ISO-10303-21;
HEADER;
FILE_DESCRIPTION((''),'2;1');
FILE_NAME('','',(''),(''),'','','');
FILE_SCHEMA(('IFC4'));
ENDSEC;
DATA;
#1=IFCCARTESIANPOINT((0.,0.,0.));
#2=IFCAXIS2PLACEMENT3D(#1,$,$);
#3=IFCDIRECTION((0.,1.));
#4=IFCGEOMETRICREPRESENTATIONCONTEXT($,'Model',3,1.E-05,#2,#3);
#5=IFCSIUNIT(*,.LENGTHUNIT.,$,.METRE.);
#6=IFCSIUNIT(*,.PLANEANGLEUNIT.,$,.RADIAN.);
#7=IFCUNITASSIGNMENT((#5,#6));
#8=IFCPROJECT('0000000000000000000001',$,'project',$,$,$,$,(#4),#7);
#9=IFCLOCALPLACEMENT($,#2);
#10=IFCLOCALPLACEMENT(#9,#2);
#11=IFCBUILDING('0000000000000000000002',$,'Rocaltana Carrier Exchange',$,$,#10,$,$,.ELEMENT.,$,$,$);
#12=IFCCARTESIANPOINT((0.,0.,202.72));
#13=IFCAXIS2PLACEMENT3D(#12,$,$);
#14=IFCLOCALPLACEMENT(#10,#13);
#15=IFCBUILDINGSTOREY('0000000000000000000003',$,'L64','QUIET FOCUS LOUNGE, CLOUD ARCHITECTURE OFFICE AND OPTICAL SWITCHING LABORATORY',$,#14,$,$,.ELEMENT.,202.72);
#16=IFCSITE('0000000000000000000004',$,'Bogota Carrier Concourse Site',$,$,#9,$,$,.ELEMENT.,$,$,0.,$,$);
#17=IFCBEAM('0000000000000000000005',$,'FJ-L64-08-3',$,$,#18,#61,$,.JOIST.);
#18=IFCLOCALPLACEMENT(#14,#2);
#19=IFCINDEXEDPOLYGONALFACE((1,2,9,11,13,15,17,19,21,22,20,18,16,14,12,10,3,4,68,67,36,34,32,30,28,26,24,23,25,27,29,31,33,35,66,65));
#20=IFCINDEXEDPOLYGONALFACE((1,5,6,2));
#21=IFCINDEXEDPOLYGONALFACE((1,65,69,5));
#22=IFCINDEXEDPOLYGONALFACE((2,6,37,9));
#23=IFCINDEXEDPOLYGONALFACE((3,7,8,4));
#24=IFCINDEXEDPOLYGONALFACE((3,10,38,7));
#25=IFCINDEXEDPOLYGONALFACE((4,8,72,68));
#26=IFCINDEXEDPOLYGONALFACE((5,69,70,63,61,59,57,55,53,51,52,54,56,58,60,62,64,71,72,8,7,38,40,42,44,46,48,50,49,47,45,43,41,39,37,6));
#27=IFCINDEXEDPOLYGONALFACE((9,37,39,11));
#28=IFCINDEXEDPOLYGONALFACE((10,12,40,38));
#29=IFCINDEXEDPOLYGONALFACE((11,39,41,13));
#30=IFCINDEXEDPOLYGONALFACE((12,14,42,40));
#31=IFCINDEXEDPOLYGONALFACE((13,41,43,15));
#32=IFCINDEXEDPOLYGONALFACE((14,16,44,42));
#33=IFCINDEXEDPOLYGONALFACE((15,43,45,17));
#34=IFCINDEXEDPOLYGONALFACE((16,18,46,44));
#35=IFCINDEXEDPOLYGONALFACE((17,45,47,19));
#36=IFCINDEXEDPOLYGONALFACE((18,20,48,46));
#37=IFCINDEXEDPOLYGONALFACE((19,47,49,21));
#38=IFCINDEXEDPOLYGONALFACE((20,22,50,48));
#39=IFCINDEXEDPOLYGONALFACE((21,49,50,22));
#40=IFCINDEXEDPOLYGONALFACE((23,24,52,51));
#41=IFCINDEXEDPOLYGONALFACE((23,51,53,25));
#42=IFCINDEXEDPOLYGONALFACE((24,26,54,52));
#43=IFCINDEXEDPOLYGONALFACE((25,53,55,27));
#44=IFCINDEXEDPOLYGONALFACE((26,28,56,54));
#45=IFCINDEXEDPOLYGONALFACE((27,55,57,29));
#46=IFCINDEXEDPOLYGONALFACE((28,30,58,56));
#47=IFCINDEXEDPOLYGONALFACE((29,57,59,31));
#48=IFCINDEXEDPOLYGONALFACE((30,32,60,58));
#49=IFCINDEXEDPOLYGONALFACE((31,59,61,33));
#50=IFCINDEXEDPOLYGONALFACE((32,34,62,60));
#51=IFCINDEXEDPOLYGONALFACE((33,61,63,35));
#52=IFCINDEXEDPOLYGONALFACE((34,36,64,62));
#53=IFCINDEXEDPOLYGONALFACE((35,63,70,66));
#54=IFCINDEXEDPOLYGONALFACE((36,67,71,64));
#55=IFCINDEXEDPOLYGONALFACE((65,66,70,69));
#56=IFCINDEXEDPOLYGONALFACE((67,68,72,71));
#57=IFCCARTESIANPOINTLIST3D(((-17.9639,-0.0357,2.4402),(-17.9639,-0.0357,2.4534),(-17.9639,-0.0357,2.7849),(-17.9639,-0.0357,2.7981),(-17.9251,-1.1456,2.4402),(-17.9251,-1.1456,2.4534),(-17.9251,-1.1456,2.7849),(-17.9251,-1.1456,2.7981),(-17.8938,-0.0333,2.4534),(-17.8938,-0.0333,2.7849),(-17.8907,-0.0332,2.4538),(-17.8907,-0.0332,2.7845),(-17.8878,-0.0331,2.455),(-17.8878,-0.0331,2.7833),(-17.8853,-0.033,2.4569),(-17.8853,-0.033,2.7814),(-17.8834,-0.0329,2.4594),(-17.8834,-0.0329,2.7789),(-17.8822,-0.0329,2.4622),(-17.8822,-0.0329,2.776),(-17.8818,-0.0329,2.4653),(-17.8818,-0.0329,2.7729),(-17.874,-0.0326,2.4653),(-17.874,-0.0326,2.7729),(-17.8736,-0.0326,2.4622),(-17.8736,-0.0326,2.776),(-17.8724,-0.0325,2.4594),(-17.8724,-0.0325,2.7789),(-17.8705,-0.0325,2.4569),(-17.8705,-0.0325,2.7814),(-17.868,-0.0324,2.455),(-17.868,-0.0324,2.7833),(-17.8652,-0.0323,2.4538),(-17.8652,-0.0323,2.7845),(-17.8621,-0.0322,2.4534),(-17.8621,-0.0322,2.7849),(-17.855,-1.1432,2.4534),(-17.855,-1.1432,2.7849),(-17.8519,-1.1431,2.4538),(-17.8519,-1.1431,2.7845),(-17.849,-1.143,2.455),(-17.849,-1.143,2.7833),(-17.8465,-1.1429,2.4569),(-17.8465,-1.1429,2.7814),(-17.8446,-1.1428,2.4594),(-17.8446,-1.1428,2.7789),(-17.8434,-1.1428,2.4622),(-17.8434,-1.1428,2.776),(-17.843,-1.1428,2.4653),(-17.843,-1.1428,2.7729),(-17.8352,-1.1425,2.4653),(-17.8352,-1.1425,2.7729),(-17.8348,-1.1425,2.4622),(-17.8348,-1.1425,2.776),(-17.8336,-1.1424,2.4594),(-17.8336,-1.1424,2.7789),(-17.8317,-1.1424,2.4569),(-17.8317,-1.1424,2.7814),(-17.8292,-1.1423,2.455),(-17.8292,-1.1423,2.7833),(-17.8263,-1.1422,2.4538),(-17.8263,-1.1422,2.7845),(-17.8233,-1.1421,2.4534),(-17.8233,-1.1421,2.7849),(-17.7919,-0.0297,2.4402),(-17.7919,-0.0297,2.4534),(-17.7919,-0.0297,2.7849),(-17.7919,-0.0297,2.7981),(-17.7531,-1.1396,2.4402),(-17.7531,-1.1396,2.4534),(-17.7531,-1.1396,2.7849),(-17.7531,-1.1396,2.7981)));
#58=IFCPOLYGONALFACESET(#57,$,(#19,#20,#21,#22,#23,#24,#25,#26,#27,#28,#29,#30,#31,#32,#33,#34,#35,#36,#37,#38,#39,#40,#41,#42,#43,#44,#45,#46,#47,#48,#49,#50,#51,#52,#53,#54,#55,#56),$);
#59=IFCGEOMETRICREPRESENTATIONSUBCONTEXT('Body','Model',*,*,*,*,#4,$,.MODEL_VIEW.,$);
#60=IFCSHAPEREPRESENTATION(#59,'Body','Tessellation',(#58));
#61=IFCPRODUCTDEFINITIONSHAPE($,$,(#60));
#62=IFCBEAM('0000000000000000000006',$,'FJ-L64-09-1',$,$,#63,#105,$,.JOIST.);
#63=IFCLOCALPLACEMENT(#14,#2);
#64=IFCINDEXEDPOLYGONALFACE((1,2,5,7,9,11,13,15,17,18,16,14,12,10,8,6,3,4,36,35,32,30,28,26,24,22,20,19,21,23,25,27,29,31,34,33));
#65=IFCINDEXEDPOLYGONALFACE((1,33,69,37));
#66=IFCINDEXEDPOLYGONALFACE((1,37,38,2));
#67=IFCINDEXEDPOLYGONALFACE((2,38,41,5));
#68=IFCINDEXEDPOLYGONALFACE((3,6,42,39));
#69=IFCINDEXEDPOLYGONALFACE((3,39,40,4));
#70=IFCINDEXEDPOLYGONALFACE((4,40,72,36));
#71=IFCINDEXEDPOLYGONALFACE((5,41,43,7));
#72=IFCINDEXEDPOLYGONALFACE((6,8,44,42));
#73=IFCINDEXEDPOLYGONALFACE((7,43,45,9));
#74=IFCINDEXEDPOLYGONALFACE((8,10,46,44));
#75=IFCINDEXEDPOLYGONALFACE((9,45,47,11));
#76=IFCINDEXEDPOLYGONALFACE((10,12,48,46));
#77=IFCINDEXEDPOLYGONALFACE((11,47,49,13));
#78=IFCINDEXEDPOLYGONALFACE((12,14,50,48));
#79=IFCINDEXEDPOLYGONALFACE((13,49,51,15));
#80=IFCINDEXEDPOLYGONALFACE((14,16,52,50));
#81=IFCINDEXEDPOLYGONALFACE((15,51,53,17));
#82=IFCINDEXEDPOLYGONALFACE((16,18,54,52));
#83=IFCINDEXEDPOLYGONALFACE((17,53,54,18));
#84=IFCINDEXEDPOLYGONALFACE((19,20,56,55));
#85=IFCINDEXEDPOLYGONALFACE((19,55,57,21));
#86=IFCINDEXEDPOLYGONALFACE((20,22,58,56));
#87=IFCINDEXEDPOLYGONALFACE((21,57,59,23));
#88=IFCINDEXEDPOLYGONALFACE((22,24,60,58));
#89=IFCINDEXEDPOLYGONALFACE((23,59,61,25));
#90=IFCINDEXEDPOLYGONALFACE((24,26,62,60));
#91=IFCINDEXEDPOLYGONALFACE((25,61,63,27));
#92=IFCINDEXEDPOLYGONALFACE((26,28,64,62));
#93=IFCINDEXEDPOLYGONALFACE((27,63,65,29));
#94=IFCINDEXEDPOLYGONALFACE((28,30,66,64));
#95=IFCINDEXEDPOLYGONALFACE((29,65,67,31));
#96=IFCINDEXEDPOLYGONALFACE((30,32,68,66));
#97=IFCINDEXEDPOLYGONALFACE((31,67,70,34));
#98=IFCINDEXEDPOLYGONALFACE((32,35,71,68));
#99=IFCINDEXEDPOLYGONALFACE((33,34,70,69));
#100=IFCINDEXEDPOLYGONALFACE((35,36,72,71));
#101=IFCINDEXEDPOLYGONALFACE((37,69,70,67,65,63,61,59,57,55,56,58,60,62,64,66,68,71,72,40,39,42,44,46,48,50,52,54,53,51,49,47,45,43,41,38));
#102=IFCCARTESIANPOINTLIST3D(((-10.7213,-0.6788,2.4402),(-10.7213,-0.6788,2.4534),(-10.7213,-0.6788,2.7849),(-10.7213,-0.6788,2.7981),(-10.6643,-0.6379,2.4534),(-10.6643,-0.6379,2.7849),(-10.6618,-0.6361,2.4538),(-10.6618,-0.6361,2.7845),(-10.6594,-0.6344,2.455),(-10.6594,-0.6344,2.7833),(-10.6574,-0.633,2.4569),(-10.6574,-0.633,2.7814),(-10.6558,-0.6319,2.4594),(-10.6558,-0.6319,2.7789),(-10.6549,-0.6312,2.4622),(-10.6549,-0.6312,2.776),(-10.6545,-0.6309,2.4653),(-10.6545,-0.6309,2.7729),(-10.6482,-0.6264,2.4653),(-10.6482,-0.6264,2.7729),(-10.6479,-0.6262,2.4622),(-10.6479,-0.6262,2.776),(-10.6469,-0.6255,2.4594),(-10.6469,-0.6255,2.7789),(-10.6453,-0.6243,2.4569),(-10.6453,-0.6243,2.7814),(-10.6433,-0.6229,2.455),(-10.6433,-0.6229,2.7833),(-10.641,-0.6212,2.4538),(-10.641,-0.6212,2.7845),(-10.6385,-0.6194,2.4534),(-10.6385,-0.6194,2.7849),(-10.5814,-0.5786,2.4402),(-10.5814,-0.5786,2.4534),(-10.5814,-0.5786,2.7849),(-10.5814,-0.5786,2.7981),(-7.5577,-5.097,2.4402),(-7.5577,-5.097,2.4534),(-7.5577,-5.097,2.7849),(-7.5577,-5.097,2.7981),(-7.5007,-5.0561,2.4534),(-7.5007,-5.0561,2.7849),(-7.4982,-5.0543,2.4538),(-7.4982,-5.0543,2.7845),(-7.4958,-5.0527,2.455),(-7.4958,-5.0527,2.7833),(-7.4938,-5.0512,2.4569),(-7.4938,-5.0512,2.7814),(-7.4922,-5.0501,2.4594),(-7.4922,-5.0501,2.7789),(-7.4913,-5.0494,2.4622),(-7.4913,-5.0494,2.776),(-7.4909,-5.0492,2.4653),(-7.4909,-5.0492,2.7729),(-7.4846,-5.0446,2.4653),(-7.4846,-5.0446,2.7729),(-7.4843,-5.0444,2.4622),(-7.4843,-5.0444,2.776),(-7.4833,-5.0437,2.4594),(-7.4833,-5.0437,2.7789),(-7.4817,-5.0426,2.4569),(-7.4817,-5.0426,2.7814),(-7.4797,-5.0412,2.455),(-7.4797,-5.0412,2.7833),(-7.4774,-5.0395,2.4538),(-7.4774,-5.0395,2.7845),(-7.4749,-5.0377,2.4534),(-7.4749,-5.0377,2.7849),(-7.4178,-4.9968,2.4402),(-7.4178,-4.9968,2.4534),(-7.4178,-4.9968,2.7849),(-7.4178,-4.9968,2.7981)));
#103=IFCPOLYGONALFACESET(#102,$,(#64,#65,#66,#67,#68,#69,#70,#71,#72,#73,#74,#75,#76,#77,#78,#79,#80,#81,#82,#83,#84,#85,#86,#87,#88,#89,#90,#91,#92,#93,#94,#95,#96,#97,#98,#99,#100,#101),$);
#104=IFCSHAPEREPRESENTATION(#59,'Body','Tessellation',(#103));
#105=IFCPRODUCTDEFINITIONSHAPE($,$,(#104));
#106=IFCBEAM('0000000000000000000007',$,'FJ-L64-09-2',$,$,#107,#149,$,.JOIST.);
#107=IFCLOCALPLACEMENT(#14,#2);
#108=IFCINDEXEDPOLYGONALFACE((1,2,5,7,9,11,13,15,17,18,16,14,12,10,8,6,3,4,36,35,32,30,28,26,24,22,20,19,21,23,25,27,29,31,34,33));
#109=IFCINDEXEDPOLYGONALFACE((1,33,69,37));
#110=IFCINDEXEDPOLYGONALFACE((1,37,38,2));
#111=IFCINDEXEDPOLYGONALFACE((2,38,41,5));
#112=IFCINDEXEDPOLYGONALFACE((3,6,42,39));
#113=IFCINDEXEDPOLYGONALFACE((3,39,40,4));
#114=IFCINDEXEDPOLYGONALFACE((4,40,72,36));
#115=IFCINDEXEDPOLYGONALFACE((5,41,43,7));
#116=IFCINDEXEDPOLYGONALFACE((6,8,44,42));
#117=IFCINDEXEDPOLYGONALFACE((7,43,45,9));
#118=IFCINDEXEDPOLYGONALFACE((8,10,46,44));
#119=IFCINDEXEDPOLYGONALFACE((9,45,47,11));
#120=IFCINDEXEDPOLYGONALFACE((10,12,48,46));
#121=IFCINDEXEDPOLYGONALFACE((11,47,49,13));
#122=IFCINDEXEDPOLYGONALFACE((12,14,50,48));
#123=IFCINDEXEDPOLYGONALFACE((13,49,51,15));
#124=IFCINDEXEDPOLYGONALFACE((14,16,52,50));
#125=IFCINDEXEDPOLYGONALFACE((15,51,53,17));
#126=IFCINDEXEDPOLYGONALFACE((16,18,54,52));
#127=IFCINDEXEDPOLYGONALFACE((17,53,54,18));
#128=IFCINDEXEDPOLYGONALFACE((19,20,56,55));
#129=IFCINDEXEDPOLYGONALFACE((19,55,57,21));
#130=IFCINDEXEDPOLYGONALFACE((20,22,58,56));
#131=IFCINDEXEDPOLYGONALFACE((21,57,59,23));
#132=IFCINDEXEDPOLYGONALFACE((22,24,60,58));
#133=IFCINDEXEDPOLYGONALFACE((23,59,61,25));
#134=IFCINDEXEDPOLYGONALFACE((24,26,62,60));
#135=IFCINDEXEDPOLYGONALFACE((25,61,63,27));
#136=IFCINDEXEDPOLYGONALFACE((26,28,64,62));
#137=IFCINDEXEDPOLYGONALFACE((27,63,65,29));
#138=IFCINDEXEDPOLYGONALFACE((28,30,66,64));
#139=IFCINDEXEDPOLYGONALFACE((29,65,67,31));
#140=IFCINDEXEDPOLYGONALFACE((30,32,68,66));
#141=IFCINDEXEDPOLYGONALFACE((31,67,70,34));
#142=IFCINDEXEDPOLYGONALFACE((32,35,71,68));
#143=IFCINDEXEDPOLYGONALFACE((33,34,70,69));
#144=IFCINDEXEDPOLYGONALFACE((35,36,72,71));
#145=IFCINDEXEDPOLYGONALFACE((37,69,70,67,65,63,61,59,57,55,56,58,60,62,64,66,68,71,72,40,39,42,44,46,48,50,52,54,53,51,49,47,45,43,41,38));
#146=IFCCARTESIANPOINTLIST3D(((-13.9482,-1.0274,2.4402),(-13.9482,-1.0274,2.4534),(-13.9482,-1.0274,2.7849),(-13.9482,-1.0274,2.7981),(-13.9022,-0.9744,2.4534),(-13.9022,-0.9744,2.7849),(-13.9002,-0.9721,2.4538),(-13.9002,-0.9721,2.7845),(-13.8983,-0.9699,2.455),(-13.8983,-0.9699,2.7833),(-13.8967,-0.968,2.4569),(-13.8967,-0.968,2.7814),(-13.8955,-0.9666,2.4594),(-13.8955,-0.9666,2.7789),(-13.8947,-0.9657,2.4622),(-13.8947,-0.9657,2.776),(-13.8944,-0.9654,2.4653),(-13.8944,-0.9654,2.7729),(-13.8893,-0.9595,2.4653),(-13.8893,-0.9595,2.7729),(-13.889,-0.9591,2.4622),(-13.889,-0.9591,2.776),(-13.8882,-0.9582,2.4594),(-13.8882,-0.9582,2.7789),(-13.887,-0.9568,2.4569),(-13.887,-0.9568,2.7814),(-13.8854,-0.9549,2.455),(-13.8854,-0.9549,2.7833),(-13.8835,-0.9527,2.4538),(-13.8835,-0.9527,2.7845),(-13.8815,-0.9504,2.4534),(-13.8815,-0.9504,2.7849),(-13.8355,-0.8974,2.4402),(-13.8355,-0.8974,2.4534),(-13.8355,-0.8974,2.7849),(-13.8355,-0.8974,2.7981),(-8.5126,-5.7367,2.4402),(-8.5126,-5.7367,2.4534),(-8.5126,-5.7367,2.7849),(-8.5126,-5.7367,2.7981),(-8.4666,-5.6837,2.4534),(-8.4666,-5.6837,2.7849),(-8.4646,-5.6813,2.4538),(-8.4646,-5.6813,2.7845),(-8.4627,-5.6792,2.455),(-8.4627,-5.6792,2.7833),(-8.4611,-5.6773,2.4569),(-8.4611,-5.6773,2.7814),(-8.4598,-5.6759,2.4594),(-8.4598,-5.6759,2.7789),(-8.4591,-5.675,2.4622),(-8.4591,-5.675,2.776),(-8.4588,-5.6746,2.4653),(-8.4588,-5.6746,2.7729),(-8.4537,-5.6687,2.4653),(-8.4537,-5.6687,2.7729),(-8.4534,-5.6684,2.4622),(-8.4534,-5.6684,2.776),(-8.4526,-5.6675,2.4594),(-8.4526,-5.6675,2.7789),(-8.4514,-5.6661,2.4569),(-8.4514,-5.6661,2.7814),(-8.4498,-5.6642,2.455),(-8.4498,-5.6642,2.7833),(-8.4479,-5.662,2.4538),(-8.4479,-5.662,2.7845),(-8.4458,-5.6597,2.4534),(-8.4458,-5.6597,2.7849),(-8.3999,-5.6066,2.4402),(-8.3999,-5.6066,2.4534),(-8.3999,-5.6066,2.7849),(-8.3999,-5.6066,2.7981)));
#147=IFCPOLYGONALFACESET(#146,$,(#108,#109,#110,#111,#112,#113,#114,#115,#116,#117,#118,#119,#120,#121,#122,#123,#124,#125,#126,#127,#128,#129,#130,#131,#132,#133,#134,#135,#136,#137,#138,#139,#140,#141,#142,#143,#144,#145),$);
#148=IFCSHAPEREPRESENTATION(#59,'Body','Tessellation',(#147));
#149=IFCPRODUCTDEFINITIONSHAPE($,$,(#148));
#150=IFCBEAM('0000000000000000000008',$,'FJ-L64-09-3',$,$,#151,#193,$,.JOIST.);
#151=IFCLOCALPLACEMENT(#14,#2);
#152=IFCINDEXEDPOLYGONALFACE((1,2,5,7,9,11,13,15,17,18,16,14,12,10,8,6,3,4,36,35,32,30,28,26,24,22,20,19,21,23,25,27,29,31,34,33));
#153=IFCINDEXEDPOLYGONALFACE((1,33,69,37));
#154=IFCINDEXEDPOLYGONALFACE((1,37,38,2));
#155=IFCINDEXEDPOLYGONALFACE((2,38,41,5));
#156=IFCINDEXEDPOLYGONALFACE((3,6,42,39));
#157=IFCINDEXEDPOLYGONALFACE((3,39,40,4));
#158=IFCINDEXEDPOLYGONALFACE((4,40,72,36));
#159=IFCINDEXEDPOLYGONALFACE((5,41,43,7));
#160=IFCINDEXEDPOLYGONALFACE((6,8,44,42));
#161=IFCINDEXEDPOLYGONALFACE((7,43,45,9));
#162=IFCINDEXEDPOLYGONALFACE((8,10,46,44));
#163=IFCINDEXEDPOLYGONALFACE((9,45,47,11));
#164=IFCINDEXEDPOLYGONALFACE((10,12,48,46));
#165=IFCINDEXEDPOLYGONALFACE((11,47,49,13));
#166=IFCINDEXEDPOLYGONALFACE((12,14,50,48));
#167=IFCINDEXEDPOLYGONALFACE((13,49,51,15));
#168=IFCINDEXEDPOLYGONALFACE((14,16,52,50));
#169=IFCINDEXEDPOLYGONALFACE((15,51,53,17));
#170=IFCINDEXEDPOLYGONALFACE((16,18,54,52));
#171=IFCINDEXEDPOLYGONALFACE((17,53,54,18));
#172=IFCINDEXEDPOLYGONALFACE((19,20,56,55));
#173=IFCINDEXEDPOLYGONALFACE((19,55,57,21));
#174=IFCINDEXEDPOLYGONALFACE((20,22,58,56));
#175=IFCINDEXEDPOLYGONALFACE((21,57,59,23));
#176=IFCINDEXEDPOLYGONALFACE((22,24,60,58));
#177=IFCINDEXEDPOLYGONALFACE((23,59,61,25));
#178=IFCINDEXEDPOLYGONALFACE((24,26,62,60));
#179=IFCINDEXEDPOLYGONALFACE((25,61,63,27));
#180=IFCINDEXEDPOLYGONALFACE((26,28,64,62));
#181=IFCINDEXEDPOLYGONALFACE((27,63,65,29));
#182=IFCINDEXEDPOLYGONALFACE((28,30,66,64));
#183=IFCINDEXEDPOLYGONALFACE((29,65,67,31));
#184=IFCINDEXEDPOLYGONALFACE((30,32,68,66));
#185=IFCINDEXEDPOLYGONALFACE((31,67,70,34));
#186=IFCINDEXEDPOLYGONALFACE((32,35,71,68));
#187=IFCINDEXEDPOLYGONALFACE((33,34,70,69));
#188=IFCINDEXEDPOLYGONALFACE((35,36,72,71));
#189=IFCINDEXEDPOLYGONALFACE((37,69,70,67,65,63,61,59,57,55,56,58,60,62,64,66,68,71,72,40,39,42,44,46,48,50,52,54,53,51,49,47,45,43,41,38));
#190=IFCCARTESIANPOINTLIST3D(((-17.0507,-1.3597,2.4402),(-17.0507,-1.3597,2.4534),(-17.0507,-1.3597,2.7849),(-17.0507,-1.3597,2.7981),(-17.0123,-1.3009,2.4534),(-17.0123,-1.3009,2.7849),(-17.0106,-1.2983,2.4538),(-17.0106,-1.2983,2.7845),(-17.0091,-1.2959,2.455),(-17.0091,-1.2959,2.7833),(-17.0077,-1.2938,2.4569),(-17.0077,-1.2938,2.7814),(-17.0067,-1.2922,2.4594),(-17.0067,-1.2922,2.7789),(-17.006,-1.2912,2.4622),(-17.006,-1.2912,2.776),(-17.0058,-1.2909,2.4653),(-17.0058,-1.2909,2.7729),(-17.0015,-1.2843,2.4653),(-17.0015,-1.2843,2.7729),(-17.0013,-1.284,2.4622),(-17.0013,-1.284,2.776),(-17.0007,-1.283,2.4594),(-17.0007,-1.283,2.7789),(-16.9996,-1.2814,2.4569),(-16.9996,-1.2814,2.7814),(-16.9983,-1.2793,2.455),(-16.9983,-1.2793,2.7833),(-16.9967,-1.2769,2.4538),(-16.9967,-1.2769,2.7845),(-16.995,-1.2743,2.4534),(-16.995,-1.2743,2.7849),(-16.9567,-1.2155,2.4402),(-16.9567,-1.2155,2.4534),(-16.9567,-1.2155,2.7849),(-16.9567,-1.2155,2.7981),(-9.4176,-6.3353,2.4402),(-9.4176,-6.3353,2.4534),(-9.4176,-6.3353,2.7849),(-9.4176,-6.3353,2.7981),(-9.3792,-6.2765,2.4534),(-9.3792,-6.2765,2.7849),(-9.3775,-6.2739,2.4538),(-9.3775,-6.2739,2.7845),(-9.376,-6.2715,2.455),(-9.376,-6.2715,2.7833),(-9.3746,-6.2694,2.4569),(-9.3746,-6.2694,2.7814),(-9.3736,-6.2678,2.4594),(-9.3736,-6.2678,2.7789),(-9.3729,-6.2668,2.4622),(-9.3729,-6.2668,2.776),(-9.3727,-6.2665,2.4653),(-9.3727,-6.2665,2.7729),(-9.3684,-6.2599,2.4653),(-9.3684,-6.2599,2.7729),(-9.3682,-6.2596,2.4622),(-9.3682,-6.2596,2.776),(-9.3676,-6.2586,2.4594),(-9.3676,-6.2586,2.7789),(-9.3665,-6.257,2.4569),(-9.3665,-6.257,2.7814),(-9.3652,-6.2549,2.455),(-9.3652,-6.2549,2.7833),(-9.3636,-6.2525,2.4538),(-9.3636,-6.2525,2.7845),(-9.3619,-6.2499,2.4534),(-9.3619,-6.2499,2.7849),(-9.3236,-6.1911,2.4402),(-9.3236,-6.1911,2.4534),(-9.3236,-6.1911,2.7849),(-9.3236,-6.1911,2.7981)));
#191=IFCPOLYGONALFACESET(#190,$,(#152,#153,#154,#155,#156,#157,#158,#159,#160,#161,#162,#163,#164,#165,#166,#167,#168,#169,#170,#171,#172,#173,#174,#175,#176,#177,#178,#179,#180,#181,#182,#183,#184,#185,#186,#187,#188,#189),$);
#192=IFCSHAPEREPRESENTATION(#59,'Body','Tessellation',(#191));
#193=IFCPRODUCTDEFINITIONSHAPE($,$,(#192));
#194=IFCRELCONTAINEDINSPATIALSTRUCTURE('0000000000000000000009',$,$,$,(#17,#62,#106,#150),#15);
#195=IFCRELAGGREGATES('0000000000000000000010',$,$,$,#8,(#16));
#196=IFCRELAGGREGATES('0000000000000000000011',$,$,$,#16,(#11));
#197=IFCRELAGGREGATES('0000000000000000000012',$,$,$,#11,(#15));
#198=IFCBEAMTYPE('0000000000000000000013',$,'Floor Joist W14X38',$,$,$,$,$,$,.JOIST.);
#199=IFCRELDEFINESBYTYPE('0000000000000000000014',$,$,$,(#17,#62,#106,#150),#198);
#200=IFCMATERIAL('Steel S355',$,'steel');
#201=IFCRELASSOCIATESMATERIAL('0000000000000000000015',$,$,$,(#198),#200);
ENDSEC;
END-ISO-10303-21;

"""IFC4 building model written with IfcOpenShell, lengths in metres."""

from ifc_helpers import new_model, si_unit, direction, frame, origin, origin_2d, place, context, subcontext, project, spatial, i_section, extrude, material, material_profile, profile_set, type_object, element, save


model = new_model("IFC4")

# Units and contexts
model_context = context("Model", 3, precision=1e-05, world=origin(), true_north=direction((0.0, 1.0)))
body_context = subcontext(model_context, "Body", "Model", "MODEL_VIEW")
ifc_project = project(units=[si_unit("LENGTHUNIT", "METRE"), si_unit("PLANEANGLEUNIT", "RADIAN")], contexts=[model_context])

# Site, building, storey
site_placement = place(None, origin())
site = spatial("IfcSite", under=ifc_project, at=site_placement, Name="Bogota Carrier Concourse Site", CompositionType="ELEMENT", RefElevation=0.0)
building_placement = place(site_placement, origin())
building = spatial("IfcBuilding", under=site, at=building_placement, Name="Rocaltana Carrier Exchange", CompositionType="ELEMENT")
storey_placement = place(building_placement, frame((0.0, 0.0, 202.72)))
storey = spatial("IfcBuildingStorey", under=building, at=storey_placement, Name="L64", Description="QUIET FOCUS LOUNGE, CLOUD ARCHITECTURE OFFICE AND OPTICAL SWITCHING LABORATORY", CompositionType="ELEMENT", Elevation=202.72)

# Beams
ifc_material_1 = material(Name="Steel S355", Category="steel")
ifc_material_profile_1 = material_profile(ifc_material_1, i_section(OverallWidth=0.1721, OverallDepth=0.3579, WebThickness=0.0078, FlangeThickness=0.0132, FilletRadius=0.012, at=origin_2d()), Name="W14X38")
ifc_profile_set_1 = profile_set([ifc_material_profile_1], Name="Steel S355")
beam_type_1 = type_object("IfcBeamType", Name="Floor Joist W14X38", PredefinedType="JOIST", material=ifc_profile_set_1)
beam_1_placement = place(storey_placement, frame((-17.8779, -0.0327, 2.6191), z_axis=(0.034954, -0.999389, 0.0), x_axis=(0.999389, 0.034954, 0.0)))
element("IfcBeam", 1, at=beam_1_placement, inside=storey, type_object=beam_type_1, Name="FJ-L64-08-3", PredefinedType="JOIST", context=body_context, shape_type="SweptSolid", body=[
    extrude(i_section(OverallWidth=0.1721, OverallDepth=0.3579, WebThickness=0.0078, FlangeThickness=0.0132, FilletRadius=0.012, at=origin_2d()), origin(), (0.0, 0.0, 1.0), 1.1106),
])
beam_2_placement = place(storey_placement, frame((-10.6514, -0.6287, 2.6191), z_axis=(0.582177, -0.813062, 0.0), x_axis=(0.813062, 0.582177, 0.0)))
element("IfcBeam", 2, at=beam_2_placement, inside=storey, type_object=beam_type_1, Name="FJ-L64-09-1", PredefinedType="JOIST", context=body_context, shape_type="SweptSolid", body=[
    extrude(i_section(OverallWidth=0.1721, OverallDepth=0.3579, WebThickness=0.0078, FlangeThickness=0.0132, FilletRadius=0.012, at=origin_2d()), origin(), (0.0, 0.0, 1.0), 5.4341),
])
beam_3_placement = place(storey_placement, frame((-13.8918, -0.9624, 2.6191), z_axis=(0.755798, -0.654805, 0.0), x_axis=(0.654805, 0.755798, 0.0)))
element("IfcBeam", 3, at=beam_3_placement, inside=storey, type_object=beam_type_1, Name="FJ-L64-09-2", PredefinedType="JOIST", context=body_context, shape_type="SweptSolid", body=[
    extrude(i_section(OverallWidth=0.1721, OverallDepth=0.3579, WebThickness=0.0078, FlangeThickness=0.0132, FilletRadius=0.012, at=origin_2d()), origin(), (0.0, 0.0, 1.0), 7.1919),
])
beam_4_placement = place(storey_placement, frame((-17.0037, -1.2876, 2.6191), z_axis=(0.837736, -0.546076, 0.0), x_axis=(0.546076, 0.837736, 0.0)))
element("IfcBeam", 4, at=beam_4_placement, inside=storey, type_object=beam_type_1, Name="FJ-L64-09-3", PredefinedType="JOIST", context=body_context, shape_type="SweptSolid", body=[
    extrude(i_section(OverallWidth=0.1721, OverallDepth=0.3579, WebThickness=0.0078, FlangeThickness=0.0132, FilletRadius=0.012, at=origin_2d()), origin(), (0.0, 0.0, 1.0), 9.1116),
])

save(model, "model.ifc")
